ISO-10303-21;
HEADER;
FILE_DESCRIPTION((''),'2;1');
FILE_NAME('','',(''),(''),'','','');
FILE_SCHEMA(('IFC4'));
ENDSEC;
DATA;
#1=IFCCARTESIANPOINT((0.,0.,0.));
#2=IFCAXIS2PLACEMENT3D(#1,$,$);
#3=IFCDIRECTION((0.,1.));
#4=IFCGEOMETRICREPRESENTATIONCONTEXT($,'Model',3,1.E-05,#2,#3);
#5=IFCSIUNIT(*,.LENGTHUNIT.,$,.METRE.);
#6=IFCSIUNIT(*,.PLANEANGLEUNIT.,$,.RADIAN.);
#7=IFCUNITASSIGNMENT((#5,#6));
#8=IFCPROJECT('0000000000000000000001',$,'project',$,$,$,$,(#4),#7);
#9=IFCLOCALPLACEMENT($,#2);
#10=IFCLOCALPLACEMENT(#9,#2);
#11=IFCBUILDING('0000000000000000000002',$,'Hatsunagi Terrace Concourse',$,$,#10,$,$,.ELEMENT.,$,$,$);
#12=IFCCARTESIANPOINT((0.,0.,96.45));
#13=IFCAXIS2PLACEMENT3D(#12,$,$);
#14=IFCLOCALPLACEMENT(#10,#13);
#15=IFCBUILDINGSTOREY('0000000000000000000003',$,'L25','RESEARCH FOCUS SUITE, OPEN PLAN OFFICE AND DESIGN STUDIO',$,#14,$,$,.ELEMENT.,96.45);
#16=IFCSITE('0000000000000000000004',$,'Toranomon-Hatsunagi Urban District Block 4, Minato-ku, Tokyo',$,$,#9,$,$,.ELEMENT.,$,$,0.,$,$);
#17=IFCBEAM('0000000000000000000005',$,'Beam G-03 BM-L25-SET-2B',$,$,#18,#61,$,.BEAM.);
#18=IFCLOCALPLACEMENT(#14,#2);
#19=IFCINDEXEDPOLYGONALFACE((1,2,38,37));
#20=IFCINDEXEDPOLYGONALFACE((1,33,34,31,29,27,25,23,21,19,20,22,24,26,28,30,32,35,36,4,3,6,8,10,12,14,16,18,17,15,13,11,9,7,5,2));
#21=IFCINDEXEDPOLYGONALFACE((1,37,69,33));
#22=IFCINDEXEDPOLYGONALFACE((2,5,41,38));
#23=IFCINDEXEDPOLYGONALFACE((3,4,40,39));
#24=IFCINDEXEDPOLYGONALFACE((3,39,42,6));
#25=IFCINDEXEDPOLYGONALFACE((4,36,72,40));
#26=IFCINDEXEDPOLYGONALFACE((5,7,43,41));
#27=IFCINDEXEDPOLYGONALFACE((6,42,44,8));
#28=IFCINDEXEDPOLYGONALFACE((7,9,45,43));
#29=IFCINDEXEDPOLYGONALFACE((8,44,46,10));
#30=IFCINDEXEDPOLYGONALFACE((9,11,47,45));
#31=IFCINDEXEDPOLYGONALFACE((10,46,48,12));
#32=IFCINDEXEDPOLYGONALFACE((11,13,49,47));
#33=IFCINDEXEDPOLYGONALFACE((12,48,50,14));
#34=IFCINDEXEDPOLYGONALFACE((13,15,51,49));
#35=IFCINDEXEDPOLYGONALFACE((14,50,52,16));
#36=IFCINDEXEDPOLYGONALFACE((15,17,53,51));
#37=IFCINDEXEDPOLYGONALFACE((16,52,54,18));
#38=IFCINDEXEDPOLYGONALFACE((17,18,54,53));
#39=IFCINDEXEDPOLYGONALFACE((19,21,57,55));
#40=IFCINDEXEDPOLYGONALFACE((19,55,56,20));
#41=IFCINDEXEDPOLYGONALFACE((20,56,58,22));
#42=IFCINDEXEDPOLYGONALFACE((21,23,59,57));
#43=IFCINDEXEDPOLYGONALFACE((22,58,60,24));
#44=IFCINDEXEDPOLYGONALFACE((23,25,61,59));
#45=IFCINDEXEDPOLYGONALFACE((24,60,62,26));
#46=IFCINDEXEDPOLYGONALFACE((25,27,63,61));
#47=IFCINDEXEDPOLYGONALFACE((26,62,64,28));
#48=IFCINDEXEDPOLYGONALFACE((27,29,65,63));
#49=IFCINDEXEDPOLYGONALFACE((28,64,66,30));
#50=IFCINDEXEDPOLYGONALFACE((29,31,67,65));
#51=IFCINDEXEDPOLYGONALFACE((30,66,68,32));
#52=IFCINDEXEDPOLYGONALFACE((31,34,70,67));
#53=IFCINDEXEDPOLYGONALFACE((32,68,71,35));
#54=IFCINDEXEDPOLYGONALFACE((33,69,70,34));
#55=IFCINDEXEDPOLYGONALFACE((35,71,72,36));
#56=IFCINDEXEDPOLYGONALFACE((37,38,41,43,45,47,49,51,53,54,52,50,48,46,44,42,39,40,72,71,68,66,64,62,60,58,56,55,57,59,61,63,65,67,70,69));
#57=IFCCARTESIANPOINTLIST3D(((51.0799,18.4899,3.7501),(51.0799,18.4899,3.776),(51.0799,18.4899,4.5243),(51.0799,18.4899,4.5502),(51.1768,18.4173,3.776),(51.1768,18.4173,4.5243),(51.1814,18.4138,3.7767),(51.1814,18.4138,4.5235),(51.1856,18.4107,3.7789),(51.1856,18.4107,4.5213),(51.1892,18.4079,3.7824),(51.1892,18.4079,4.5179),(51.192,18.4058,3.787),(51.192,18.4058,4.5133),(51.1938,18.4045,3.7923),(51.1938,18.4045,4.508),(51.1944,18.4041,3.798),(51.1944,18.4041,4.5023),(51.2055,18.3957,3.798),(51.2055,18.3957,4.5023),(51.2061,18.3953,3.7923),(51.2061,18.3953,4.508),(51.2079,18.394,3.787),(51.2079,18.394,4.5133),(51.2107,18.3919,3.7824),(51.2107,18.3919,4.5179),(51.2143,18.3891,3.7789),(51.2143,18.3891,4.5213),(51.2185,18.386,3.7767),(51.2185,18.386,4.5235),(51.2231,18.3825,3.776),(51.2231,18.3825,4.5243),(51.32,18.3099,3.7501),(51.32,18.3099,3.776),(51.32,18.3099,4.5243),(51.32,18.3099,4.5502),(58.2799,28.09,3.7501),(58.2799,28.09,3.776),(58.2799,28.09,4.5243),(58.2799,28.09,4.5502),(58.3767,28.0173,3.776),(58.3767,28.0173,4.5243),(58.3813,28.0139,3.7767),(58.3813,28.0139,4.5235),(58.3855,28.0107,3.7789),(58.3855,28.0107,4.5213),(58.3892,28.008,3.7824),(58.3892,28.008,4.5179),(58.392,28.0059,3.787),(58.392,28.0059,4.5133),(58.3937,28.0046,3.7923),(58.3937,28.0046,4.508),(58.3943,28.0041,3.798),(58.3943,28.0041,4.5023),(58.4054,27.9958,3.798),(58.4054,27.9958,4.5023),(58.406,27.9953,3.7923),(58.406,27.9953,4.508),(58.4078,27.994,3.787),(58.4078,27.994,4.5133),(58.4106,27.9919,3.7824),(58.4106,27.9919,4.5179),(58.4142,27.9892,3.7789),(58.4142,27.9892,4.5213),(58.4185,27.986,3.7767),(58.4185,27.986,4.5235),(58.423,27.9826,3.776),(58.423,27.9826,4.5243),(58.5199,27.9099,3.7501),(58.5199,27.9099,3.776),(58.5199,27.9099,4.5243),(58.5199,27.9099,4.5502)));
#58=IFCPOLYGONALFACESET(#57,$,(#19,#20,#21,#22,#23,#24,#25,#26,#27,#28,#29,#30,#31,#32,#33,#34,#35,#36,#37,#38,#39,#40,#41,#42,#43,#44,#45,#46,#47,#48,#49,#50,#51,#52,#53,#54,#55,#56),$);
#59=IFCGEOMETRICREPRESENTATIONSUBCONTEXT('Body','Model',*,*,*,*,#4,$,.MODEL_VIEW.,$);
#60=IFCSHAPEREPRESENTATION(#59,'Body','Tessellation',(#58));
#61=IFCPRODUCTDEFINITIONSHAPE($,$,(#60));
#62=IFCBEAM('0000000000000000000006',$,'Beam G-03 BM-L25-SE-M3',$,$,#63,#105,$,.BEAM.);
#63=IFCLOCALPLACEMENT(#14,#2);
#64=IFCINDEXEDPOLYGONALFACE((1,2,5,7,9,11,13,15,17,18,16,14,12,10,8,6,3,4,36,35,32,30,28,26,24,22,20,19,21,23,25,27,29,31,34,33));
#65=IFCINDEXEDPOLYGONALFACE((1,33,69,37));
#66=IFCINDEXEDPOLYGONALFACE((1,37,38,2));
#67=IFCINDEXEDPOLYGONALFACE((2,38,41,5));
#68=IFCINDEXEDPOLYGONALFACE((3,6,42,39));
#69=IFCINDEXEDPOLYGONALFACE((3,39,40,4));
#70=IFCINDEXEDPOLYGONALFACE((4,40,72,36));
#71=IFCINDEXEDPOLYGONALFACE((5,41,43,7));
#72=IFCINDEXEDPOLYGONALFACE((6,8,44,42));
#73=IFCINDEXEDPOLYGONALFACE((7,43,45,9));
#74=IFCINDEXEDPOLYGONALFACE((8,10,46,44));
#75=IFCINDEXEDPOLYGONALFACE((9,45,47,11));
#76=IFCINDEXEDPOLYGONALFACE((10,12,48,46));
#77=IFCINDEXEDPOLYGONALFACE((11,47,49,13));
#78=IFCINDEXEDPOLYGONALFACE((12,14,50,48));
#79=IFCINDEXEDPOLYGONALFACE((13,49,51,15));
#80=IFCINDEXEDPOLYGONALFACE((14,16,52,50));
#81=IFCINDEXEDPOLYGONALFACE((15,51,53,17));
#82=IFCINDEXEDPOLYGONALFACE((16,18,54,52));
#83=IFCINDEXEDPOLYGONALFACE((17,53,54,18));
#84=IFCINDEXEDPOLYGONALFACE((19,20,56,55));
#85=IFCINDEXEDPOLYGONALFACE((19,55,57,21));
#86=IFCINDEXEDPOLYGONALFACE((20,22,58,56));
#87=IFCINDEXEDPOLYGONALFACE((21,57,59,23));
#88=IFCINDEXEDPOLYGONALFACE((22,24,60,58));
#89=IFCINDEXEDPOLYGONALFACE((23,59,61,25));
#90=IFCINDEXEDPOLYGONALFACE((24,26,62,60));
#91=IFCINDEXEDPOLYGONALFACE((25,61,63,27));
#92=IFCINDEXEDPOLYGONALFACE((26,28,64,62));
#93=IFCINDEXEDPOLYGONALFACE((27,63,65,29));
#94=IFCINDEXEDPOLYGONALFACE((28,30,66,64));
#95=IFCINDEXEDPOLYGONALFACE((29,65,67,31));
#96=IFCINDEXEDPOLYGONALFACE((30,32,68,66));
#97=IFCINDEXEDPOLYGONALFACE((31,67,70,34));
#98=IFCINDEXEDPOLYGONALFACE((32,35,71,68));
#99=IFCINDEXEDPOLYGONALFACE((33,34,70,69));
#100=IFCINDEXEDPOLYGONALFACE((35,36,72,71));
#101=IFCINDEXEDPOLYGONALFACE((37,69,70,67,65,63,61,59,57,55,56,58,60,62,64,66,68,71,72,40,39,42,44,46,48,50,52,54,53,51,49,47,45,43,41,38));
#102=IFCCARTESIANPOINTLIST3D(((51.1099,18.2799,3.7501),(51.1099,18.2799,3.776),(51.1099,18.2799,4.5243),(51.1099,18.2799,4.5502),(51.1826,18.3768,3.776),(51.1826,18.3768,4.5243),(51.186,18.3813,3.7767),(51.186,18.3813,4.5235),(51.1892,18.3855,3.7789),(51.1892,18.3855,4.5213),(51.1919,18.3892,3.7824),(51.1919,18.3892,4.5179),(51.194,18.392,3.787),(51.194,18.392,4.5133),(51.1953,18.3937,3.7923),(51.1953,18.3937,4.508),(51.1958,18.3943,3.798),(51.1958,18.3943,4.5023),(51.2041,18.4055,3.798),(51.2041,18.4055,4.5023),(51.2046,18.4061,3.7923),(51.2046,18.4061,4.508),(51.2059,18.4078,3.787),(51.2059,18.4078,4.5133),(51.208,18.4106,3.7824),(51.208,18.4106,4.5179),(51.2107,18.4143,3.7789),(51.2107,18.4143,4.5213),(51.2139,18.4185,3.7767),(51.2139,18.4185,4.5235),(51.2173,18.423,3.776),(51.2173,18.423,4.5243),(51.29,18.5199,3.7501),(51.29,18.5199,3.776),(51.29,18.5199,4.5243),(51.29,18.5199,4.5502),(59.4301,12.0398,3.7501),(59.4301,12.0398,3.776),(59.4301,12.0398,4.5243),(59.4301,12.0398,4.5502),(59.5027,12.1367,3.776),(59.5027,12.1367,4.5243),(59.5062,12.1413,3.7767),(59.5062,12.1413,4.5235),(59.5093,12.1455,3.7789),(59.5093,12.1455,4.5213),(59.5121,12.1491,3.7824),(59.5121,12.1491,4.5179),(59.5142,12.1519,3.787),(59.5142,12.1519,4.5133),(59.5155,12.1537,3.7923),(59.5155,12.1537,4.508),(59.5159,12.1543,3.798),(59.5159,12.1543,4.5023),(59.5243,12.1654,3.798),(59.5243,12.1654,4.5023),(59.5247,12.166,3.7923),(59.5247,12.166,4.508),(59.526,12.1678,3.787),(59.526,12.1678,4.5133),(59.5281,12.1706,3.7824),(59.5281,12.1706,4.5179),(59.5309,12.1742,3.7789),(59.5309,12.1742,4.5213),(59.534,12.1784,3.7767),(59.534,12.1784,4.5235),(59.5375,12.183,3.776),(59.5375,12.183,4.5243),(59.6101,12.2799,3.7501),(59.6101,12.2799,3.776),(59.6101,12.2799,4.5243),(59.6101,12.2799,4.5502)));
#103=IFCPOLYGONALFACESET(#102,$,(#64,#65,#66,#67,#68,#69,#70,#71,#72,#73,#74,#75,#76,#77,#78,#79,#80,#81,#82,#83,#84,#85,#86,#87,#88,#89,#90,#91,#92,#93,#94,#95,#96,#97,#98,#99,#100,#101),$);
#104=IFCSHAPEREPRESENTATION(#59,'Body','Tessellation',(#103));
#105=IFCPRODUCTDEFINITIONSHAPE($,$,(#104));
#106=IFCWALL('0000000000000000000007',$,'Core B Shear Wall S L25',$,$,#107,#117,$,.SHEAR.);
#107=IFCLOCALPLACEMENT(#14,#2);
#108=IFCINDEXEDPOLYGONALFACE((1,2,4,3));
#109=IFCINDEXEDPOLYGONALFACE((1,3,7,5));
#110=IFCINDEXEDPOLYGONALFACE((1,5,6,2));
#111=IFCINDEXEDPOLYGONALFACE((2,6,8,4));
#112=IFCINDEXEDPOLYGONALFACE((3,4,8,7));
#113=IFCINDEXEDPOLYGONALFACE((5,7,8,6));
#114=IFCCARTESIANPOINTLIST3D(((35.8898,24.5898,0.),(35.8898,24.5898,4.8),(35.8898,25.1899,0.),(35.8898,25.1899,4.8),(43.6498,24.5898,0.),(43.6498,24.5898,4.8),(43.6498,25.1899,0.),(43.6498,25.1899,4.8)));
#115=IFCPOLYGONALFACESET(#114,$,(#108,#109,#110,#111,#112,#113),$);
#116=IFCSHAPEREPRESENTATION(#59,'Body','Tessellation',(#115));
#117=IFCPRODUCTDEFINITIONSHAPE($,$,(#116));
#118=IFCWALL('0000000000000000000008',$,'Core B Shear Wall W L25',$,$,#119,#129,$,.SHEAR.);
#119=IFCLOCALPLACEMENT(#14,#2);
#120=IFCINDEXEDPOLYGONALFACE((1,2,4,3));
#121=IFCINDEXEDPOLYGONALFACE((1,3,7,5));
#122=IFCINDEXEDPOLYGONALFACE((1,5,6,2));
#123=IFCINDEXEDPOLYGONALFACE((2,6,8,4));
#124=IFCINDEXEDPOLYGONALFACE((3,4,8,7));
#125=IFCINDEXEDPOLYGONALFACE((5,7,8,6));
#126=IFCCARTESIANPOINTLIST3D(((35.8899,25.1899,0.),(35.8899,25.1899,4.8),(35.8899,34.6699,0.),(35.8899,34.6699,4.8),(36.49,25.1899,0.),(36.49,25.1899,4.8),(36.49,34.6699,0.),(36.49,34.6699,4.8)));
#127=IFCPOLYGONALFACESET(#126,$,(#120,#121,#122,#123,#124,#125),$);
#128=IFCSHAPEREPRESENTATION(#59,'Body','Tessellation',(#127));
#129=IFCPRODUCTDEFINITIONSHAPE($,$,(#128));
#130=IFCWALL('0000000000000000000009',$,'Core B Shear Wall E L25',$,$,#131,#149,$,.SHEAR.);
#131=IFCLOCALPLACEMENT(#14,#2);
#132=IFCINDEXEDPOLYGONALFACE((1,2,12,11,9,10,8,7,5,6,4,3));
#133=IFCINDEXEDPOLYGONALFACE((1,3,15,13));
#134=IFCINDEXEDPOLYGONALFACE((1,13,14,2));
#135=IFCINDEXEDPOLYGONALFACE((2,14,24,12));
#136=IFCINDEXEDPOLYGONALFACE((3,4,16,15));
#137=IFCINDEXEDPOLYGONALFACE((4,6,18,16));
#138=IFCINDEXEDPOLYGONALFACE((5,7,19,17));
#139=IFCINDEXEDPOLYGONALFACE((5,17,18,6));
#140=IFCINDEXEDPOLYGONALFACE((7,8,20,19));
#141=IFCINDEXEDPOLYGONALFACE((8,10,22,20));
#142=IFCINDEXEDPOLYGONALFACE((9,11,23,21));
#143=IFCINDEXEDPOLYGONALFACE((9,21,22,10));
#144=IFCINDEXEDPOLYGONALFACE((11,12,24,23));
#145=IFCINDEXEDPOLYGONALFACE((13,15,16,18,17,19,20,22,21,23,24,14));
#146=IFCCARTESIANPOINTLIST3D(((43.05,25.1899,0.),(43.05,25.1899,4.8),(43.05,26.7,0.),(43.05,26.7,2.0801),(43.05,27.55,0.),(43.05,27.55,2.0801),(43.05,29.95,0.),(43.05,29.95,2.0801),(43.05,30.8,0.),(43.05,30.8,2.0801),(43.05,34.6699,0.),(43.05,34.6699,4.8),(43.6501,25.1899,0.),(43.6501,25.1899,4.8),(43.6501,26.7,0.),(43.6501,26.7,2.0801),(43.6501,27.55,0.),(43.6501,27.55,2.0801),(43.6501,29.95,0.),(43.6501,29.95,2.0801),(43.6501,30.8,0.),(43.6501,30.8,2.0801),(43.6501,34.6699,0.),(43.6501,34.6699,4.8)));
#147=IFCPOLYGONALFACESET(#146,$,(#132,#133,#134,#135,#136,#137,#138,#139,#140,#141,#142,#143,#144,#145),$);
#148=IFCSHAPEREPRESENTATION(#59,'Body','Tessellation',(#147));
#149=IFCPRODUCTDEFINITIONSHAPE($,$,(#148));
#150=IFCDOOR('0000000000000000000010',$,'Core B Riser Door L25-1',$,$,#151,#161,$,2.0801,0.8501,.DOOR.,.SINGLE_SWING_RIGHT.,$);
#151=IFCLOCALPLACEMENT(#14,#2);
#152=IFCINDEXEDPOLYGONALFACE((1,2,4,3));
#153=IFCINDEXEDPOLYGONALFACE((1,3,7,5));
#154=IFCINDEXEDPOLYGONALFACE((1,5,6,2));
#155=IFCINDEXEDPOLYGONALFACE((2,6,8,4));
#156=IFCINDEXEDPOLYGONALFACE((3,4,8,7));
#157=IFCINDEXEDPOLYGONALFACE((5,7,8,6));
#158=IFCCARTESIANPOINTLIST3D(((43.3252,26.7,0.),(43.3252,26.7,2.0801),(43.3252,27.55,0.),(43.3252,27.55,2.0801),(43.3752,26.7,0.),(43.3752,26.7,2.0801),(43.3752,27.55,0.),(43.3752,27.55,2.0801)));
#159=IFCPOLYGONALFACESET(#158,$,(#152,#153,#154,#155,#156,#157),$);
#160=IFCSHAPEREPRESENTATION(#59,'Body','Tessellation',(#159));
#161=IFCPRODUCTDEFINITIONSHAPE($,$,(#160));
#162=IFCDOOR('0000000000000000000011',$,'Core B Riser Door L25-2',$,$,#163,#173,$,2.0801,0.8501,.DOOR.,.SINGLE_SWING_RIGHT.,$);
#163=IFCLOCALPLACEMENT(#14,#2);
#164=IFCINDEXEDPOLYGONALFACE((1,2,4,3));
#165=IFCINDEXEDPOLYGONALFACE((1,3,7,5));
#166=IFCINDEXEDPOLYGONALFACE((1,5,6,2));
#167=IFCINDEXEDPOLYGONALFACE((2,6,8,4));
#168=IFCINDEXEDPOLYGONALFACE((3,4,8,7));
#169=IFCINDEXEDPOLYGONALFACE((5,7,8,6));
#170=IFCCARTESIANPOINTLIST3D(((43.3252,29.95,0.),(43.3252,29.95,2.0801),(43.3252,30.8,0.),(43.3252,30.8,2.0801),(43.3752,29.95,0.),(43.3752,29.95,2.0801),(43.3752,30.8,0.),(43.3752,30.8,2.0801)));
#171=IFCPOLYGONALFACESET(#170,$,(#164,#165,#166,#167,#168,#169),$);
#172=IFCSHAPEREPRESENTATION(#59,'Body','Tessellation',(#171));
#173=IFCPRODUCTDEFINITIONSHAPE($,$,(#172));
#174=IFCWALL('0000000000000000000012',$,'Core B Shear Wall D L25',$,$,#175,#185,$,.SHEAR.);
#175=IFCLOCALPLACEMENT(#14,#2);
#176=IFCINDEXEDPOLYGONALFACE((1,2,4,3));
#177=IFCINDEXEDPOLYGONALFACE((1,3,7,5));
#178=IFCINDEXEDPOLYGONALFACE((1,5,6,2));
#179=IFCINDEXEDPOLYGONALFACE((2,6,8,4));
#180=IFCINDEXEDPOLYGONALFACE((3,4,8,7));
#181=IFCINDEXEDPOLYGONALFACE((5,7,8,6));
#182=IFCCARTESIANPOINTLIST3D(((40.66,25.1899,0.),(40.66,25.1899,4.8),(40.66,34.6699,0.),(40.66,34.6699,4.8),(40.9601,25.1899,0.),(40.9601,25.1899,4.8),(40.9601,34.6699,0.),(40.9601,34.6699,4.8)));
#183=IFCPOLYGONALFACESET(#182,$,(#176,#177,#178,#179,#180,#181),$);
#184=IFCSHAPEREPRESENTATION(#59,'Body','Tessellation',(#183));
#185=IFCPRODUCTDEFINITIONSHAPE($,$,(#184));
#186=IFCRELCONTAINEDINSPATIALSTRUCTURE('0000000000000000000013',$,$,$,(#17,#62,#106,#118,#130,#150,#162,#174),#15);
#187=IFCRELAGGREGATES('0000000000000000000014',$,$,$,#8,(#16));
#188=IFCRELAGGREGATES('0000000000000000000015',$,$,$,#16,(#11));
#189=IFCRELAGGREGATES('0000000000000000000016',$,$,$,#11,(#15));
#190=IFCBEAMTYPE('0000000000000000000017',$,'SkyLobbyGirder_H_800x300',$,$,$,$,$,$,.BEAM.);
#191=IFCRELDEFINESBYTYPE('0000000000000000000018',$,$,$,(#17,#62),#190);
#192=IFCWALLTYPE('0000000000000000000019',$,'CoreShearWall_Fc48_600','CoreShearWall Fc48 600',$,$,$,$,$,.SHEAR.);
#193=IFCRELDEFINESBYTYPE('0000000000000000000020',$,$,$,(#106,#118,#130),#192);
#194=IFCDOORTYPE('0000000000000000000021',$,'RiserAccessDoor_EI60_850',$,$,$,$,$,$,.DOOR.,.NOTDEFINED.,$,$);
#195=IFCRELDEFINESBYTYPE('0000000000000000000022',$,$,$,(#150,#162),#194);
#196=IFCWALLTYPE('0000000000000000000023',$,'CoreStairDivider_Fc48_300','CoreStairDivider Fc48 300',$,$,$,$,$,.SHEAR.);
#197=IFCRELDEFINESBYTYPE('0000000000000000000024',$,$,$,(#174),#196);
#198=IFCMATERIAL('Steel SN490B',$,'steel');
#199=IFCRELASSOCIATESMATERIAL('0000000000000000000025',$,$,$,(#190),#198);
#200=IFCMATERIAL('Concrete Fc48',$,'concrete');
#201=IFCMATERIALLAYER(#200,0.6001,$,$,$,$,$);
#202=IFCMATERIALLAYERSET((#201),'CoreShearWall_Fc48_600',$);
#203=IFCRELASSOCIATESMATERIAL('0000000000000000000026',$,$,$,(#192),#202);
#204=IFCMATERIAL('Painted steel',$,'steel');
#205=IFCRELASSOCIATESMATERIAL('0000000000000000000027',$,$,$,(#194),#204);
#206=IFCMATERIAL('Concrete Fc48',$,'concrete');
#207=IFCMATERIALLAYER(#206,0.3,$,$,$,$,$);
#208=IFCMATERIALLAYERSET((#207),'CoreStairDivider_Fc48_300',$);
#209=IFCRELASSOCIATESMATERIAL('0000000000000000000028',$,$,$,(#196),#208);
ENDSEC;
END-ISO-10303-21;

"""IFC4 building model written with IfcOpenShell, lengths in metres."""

from ifc_helpers import new_model, si_unit, direction, frame, frame_2d, origin, origin_2d, place, context, subcontext, project, spatial, rectangle, i_section, extrude, material, layer, layer_set, material_profile, profile_set, type_object, element, fill, save


model = new_model("IFC4")

# Units and contexts
model_context = context("Model", 3, precision=1e-05, world=origin(), true_north=direction((0.0, 1.0)))
body_context = subcontext(model_context, "Body", "Model", "MODEL_VIEW")
ifc_project = project(units=[si_unit("LENGTHUNIT", "METRE"), si_unit("PLANEANGLEUNIT", "RADIAN")], contexts=[model_context])

# Site, building, storey
site_placement = place(None, origin())
site = spatial("IfcSite", under=ifc_project, at=site_placement, Name="Toranomon-Hatsunagi Urban District Block 4, Minato-ku, Tokyo", CompositionType="ELEMENT", RefElevation=0.0)
building_placement = place(site_placement, origin())
building = spatial("IfcBuilding", under=site, at=building_placement, Name="Hatsunagi Terrace Concourse", CompositionType="ELEMENT")
storey_placement = place(building_placement, frame((0.0, 0.0, 96.45)))
storey = spatial("IfcBuildingStorey", under=building, at=storey_placement, Name="L25", Description="RESEARCH FOCUS SUITE, OPEN PLAN OFFICE AND DESIGN STUDIO", CompositionType="ELEMENT", Elevation=96.45)

# Beams
ifc_material_1 = material(Name="Steel SN490B", Category="steel")
ifc_material_profile_1 = material_profile(ifc_material_1, i_section(OverallWidth=0.3, OverallDepth=0.8, WebThickness=0.0139, FlangeThickness=0.0259, FilletRadius=0.022, at=origin_2d()), Name="H-800x300x14x26")
ifc_profile_set_1 = profile_set([ifc_material_profile_1], Name="Steel SN490B")
beam_type_1 = type_object("IfcBeamType", Name="SkyLobbyGirder_H_800x300", PredefinedType="BEAM", material=ifc_profile_set_1)
beam_1_placement = place(storey_placement, frame((51.2, 18.3999, 4.1501), z_axis=(0.599993, 0.800005, 0.0), x_axis=(-0.800005, 0.599993, 0.0)))
element("IfcBeam", 1, at=beam_1_placement, inside=storey, type_object=beam_type_1, Name="Beam G-03 BM-L25-SET-2B", PredefinedType="BEAM", context=body_context, shape_type="SweptSolid", body=[
    extrude(i_section(OverallWidth=0.3, OverallDepth=0.8, WebThickness=0.0139, FlangeThickness=0.0259, FilletRadius=0.022, at=origin_2d()), origin(), (0.0, 0.0, 1.0), 12.0),
])
beam_2_placement = place(storey_placement, frame((51.2, 18.3999, 4.1501), z_axis=(0.800003, -0.599996, 0.0), x_axis=(0.599996, 0.800003, 0.0)))
element("IfcBeam", 2, at=beam_2_placement, inside=storey, type_object=beam_type_1, Name="Beam G-03 BM-L25-SE-M3", PredefinedType="BEAM", context=body_context, shape_type="SweptSolid", body=[
    extrude(i_section(OverallWidth=0.3, OverallDepth=0.8, WebThickness=0.0139, FlangeThickness=0.0259, FilletRadius=0.022, at=origin_2d()), origin(), (0.0, 0.0, 1.0), 10.4001),
])

# Walls
ifc_material_2 = material(Name="Concrete Fc48", Category="concrete")
ifc_layer_1 = layer(ifc_material_2, 0.6001)
ifc_layer_set_1 = layer_set([ifc_layer_1], Name="CoreShearWall_Fc48_600")
wall_type_1 = type_object("IfcWallType", Name="CoreShearWall_Fc48_600", Description="CoreShearWall Fc48 600", PredefinedType="SHEAR", material=ifc_layer_set_1)
wall_1_placement = place(storey_placement, frame((35.8899, 24.8899, 0.0), z_axis=(0.0, 0.0, 1.0), x_axis=(1.0, 0.0, 0.0)))
element("IfcWall", 3, at=wall_1_placement, inside=storey, type_object=wall_type_1, Name="Core B Shear Wall S L25", PredefinedType="SHEAR", context=body_context, shape_type="SweptSolid", body=[
    extrude(rectangle(XDim=7.76, YDim=0.6001, at=frame_2d((3.8799, 0.0))), origin(), (0.0, 0.0, 1.0), 4.8),
])
wall_2_placement = place(storey_placement, frame((36.1899, 25.1899, 0.0), z_axis=(0.0, 0.0, 1.0), x_axis=(0.0, 1.0, 0.0)))
element("IfcWall", 4, at=wall_2_placement, inside=storey, type_object=wall_type_1, Name="Core B Shear Wall W L25", PredefinedType="SHEAR", context=body_context, shape_type="SweptSolid", body=[
    extrude(rectangle(XDim=9.48, YDim=0.6001, at=frame_2d((4.74, 0.0))), origin(), (0.0, 0.0, 1.0), 4.8),
])

# Wall, openings, doors
wall_3_placement = place(storey_placement, frame((43.3501, 25.1899, 0.0), z_axis=(0.0, 0.0, 1.0), x_axis=(0.0, 1.0, 0.0)))
wall_3 = element("IfcWall", 5, at=wall_3_placement, inside=storey, type_object=wall_type_1, Name="Core B Shear Wall E L25", PredefinedType="SHEAR", context=body_context, shape_type="SweptSolid", body=[
    extrude(rectangle(XDim=9.48, YDim=0.6001, at=frame_2d((4.74, 0.0))), origin(), (0.0, 0.0, 1.0), 4.8),
])
opening_1_placement = place(wall_3_placement, frame((1.51, 0.0, 0.0)))
opening_1 = element("IfcOpeningElement", 6, at=opening_1_placement, cuts=wall_3, PredefinedType="OPENING", context=body_context, shape_type="SweptSolid", body=[
    extrude(rectangle(XDim=0.8501, YDim=2.0801, at=frame_2d((0.425, 1.04))), frame((0.0, 0.3101, 0.0), z_axis=(0.0, -1.0, 0.0), x_axis=(1.0, 0.0, 0.0)), (0.0, 0.0, 1.0), 0.6201),
])
opening_2_placement = place(wall_3_placement, frame((4.76, 0.0, 0.0)))
opening_2 = element("IfcOpeningElement", 7, at=opening_2_placement, cuts=wall_3, PredefinedType="OPENING", context=body_context, shape_type="SweptSolid", body=[
    extrude(rectangle(XDim=0.8501, YDim=2.0801, at=frame_2d((0.425, 1.04))), frame((0.0, 0.3101, 0.0), z_axis=(0.0, -1.0, 0.0), x_axis=(1.0, 0.0, 0.0)), (0.0, 0.0, 1.0), 0.6201),
])
ifc_material_3 = material(Name="Painted steel", Category="steel")
door_type_1 = type_object("IfcDoorType", Name="RiserAccessDoor_EI60_850", OperationType="NOTDEFINED", PredefinedType="DOOR", material=ifc_material_3)
door_1_placement = place(opening_1_placement, origin())
door_1 = element("IfcDoor", 8, at=door_1_placement, inside=storey, type_object=door_type_1, Name="Core B Riser Door L25-1", OperationType="SINGLE_SWING_RIGHT", OverallHeight=2.0801, OverallWidth=0.8501, PredefinedType="DOOR", context=body_context, shape_type="SweptSolid", body=[
    extrude(rectangle(XDim=0.8501, YDim=2.0801, at=frame_2d((0.425, 1.04))), frame((0.0, 0.0249, 0.0), z_axis=(0.0, -1.0, 0.0), x_axis=(1.0, 0.0, 0.0)), (0.0, 0.0, 1.0), 0.05),
])
fill(opening_1, door_1)
door_2_placement = place(opening_2_placement, origin())
door_2 = element("IfcDoor", 9, at=door_2_placement, inside=storey, type_object=door_type_1, Name="Core B Riser Door L25-2", OperationType="SINGLE_SWING_RIGHT", OverallHeight=2.0801, OverallWidth=0.8501, PredefinedType="DOOR", context=body_context, shape_type="SweptSolid", body=[
    extrude(rectangle(XDim=0.8501, YDim=2.0801, at=frame_2d((0.425, 1.04))), frame((0.0, 0.0249, 0.0), z_axis=(0.0, -1.0, 0.0), x_axis=(1.0, 0.0, 0.0)), (0.0, 0.0, 1.0), 0.05),
])
fill(opening_2, door_2)

# Wall
ifc_material_4 = material(Name="Concrete Fc48", Category="concrete")
ifc_layer_2 = layer(ifc_material_4, 0.3)
ifc_layer_set_2 = layer_set([ifc_layer_2], Name="CoreStairDivider_Fc48_300")
wall_type_2 = type_object("IfcWallType", Name="CoreStairDivider_Fc48_300", Description="CoreStairDivider Fc48 300", PredefinedType="SHEAR", material=ifc_layer_set_2)
wall_4_placement = place(storey_placement, frame((40.8101, 25.1899, 0.0), z_axis=(0.0, 0.0, 1.0), x_axis=(0.0, 1.0, 0.0)))
element("IfcWall", 10, at=wall_4_placement, inside=storey, type_object=wall_type_2, Name="Core B Shear Wall D L25", PredefinedType="SHEAR", context=body_context, shape_type="SweptSolid", body=[
    extrude(rectangle(XDim=9.48, YDim=0.3, at=frame_2d((4.74, 0.0))), origin(), (0.0, 0.0, 1.0), 4.8),
])

save(model, "model.ifc")
